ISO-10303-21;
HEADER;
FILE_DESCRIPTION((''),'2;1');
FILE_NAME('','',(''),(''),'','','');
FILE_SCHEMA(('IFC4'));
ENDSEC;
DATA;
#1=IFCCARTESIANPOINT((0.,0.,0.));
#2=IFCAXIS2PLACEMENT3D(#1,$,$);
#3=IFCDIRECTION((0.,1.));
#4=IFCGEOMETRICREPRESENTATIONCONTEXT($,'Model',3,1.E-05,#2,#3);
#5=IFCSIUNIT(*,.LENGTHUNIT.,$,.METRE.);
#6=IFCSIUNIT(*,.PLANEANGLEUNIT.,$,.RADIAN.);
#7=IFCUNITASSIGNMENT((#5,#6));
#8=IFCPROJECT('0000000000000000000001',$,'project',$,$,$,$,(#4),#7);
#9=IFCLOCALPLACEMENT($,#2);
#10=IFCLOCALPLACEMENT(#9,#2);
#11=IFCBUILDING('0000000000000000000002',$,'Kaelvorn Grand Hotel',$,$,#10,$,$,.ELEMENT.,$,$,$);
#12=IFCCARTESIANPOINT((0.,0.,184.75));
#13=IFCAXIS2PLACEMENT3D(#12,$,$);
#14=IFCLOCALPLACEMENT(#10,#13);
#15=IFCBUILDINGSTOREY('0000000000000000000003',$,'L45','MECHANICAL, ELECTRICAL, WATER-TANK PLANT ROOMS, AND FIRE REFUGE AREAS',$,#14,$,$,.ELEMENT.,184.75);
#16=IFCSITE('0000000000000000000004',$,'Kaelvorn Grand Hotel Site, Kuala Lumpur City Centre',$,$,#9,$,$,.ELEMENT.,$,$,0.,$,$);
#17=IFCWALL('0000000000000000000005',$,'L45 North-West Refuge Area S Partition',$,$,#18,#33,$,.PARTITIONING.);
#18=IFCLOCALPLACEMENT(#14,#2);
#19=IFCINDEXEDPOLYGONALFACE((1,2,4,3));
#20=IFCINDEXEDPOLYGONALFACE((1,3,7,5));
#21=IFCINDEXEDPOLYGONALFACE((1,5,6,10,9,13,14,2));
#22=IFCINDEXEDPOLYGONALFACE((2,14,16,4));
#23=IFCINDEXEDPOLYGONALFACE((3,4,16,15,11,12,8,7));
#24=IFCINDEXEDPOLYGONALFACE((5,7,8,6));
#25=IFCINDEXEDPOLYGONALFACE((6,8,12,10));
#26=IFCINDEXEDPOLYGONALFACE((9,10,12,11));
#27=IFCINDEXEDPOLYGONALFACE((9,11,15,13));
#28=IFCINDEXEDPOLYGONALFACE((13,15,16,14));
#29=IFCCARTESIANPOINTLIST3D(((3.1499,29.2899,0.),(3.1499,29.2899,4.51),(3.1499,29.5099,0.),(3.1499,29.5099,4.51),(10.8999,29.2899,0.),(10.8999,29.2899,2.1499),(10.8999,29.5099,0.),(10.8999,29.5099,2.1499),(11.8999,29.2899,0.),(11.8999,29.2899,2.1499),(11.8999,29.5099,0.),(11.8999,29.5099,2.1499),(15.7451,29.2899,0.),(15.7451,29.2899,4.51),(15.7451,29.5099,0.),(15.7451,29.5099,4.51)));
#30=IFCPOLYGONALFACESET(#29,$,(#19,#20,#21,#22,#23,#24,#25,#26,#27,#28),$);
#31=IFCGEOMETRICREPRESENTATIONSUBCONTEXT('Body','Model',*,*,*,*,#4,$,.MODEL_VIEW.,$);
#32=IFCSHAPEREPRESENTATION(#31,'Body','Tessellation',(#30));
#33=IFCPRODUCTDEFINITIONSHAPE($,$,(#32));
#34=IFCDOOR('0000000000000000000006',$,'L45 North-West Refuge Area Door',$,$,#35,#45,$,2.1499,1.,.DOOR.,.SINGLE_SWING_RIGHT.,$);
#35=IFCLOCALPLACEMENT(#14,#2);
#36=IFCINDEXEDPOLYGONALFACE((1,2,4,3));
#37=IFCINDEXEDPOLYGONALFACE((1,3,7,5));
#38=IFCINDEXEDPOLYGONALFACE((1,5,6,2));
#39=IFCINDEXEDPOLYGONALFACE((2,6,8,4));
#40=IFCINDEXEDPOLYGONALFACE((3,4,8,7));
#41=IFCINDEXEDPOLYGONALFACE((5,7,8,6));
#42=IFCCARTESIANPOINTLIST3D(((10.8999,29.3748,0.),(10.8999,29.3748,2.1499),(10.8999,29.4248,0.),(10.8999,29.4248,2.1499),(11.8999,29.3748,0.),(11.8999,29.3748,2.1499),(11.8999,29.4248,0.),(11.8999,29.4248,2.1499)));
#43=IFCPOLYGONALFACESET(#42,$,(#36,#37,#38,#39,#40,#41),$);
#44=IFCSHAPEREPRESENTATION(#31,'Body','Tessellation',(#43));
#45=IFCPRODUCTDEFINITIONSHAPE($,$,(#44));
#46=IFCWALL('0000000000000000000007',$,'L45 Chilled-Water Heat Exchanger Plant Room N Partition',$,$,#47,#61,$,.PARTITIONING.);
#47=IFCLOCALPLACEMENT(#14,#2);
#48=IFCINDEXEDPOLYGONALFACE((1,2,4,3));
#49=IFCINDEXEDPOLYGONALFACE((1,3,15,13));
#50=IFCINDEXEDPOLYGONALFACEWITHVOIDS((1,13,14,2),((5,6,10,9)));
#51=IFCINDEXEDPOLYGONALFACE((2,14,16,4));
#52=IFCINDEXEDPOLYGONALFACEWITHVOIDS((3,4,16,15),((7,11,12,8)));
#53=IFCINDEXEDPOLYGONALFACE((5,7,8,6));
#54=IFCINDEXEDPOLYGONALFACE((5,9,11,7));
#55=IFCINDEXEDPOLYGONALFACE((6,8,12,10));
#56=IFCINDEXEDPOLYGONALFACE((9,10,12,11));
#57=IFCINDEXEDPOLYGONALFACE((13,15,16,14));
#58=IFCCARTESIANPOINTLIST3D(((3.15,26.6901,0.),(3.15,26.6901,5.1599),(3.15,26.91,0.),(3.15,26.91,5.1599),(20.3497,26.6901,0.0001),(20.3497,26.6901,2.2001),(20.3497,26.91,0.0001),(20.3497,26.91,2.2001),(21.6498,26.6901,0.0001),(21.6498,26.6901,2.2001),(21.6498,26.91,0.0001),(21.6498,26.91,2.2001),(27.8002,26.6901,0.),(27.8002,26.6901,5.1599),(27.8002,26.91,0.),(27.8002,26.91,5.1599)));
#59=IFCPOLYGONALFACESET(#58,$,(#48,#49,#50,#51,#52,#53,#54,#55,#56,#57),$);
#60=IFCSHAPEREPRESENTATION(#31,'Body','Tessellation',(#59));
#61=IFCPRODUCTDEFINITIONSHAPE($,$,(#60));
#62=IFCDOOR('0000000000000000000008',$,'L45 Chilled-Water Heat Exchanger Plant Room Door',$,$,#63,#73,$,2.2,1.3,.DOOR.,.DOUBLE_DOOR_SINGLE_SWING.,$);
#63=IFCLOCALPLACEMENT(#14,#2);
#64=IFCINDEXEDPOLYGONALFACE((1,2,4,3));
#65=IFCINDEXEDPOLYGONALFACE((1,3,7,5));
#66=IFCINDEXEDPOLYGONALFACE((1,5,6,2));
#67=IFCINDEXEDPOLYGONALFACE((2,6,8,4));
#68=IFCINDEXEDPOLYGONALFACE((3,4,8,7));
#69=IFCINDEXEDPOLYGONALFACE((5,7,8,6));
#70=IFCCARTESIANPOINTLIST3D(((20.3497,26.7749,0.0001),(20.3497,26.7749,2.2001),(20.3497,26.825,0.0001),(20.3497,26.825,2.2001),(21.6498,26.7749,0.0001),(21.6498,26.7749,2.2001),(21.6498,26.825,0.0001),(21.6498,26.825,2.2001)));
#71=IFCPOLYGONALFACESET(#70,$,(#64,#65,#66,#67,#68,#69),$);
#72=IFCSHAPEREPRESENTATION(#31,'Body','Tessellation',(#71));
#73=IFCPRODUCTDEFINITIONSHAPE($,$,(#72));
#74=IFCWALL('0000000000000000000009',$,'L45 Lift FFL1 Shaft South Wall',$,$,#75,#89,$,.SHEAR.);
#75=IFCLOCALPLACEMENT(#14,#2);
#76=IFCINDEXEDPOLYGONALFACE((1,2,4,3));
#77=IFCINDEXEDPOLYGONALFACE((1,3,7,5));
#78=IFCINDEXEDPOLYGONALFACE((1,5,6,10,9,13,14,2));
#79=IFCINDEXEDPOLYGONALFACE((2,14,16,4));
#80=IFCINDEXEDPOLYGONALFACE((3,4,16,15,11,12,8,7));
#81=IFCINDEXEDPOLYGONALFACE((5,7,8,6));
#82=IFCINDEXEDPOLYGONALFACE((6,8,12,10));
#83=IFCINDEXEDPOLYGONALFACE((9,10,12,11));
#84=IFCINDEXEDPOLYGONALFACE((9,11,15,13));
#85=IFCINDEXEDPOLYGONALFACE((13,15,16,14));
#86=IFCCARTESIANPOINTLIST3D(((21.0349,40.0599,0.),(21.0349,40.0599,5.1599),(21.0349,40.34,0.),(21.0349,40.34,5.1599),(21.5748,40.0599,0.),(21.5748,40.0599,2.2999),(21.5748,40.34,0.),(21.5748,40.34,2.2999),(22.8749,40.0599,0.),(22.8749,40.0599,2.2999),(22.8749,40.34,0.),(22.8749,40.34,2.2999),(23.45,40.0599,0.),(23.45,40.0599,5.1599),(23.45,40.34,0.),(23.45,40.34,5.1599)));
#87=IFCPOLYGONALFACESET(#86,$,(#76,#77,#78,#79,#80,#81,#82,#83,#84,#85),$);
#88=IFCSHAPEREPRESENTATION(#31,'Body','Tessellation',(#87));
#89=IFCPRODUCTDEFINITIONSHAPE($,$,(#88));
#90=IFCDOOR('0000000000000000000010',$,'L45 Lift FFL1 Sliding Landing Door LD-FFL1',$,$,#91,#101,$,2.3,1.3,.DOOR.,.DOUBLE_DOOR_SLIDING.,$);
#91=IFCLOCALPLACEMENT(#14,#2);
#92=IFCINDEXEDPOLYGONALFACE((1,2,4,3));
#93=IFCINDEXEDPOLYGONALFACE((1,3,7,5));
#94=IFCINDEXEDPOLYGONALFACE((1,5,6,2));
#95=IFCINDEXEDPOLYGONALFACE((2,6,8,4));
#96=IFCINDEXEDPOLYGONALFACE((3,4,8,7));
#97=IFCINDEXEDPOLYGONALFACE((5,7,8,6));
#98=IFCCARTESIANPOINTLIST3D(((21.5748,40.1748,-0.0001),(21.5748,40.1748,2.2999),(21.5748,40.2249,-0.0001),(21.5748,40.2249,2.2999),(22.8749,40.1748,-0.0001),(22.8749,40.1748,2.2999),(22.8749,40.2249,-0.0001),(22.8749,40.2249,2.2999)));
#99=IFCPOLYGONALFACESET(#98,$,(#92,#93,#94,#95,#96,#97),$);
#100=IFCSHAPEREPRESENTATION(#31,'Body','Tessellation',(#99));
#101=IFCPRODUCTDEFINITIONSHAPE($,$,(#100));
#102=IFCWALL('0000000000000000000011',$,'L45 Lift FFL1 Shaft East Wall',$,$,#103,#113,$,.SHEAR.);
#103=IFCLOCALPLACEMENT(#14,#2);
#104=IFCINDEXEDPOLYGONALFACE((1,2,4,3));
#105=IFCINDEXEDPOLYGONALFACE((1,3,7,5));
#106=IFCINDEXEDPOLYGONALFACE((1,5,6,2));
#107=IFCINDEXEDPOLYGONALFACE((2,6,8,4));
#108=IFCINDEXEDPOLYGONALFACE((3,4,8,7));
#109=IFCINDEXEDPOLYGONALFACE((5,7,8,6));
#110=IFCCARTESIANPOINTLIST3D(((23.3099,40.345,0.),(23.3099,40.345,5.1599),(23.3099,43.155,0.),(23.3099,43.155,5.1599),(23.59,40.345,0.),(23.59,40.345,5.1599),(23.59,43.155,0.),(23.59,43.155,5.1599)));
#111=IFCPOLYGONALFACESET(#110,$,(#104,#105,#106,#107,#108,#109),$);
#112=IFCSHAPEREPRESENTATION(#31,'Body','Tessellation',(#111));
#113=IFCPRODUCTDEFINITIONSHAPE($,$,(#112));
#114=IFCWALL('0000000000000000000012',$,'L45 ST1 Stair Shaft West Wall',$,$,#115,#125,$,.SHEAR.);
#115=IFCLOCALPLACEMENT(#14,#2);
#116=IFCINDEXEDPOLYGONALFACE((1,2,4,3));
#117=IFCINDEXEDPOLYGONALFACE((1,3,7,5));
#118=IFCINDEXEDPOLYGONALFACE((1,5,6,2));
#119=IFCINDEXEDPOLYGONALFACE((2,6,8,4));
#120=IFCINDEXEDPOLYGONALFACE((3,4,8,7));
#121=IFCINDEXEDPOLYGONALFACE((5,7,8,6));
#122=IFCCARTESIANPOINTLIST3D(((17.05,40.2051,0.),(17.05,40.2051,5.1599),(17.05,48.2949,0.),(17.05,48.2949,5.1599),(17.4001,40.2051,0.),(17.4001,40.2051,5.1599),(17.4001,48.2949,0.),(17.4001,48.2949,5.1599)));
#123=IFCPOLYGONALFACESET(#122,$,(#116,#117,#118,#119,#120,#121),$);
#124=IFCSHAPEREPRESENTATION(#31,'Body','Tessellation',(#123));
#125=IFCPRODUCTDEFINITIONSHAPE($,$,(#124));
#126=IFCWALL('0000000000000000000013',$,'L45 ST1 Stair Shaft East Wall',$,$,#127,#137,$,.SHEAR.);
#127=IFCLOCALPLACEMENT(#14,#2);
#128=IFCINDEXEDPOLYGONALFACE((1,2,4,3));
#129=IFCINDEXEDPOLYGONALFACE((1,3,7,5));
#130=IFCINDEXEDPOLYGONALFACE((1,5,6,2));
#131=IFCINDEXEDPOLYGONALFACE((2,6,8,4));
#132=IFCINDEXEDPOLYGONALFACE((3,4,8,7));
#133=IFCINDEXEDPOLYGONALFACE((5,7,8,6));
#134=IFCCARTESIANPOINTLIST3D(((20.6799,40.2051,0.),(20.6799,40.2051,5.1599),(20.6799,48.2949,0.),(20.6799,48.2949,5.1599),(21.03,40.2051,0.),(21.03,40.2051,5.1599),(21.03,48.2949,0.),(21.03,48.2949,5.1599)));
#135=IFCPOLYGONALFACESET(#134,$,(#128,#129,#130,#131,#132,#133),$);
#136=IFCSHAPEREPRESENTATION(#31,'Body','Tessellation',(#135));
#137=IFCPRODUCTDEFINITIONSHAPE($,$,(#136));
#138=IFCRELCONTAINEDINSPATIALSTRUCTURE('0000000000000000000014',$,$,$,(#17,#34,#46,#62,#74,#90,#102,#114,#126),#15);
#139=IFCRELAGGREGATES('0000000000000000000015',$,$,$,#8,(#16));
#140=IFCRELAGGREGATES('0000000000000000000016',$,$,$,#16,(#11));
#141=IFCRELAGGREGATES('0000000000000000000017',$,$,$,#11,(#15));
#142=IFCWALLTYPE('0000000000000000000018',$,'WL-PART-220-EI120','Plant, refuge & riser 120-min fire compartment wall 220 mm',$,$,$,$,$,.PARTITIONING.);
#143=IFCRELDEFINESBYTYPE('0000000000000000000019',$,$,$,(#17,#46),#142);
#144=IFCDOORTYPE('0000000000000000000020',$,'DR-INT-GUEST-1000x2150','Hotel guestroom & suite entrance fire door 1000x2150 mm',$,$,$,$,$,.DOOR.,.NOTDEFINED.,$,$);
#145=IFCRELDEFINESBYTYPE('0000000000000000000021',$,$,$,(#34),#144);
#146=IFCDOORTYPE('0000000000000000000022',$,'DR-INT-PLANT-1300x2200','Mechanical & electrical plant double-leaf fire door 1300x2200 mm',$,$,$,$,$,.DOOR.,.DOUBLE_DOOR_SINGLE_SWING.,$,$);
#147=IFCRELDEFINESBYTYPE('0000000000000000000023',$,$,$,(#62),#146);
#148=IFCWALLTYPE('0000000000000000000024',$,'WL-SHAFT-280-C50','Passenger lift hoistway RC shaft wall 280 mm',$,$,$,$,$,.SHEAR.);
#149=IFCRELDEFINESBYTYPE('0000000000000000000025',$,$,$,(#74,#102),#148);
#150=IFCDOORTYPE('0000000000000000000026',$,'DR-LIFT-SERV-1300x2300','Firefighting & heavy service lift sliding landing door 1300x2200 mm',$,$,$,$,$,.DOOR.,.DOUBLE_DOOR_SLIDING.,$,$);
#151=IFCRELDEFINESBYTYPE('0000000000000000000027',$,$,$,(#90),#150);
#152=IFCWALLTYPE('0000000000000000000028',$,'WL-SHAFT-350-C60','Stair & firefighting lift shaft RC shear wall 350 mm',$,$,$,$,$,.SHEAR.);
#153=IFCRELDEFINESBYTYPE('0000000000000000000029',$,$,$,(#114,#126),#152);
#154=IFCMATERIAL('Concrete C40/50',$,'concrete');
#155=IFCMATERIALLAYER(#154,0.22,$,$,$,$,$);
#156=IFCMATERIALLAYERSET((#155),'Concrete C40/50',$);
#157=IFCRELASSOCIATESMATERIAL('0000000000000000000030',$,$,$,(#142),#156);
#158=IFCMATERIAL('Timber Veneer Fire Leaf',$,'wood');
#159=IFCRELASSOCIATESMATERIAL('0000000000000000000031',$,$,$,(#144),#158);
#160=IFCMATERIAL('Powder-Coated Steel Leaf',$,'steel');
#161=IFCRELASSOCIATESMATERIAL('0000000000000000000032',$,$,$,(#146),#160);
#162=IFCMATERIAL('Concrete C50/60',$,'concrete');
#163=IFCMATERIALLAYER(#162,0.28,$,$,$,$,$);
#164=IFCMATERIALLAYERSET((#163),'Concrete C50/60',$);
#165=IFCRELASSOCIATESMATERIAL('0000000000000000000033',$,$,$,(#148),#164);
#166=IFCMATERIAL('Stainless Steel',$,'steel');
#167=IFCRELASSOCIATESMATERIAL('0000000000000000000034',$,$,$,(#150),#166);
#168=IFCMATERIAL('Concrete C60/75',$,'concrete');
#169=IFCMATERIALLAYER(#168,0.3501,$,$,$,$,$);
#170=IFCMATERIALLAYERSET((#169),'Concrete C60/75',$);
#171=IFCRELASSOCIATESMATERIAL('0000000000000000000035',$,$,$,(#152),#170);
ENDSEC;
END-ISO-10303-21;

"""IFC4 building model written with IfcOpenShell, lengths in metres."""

from ifc_helpers import new_model, si_unit, direction, frame, frame_2d, origin, place, context, subcontext, project, spatial, rectangle, extrude, material, layer, layer_set, type_object, element, fill, save


model = new_model("IFC4")

# Units and contexts
model_context = context("Model", 3, precision=1e-05, world=origin(), true_north=direction((0.0, 1.0)))
body_context = subcontext(model_context, "Body", "Model", "MODEL_VIEW")
ifc_project = project(units=[si_unit("LENGTHUNIT", "METRE"), si_unit("PLANEANGLEUNIT", "RADIAN")], contexts=[model_context])

# Site, building, storey
site_placement = place(None, origin())
site = spatial("IfcSite", under=ifc_project, at=site_placement, Name="Kaelvorn Grand Hotel Site, Kuala Lumpur City Centre", CompositionType="ELEMENT", RefElevation=0.0)
building_placement = place(site_placement, origin())
building = spatial("IfcBuilding", under=site, at=building_placement, Name="Kaelvorn Grand Hotel", CompositionType="ELEMENT")
storey_placement = place(building_placement, frame((0.0, 0.0, 184.75)))
storey = spatial("IfcBuildingStorey", under=building, at=storey_placement, Name="L45", Description="MECHANICAL, ELECTRICAL, WATER-TANK PLANT ROOMS, AND FIRE REFUGE AREAS", CompositionType="ELEMENT", Elevation=184.75)

# Shared definitions
ifc_material_1 = material(Name="Concrete C60/75", Category="concrete")

# Shared definitions
ifc_material_2 = material(Name="Concrete C50/60", Category="concrete")

# Shared definitions
ifc_material_3 = material(Name="Concrete C40/50", Category="concrete")
ifc_layer_1 = layer(ifc_material_3, 0.22)
ifc_layer_set_1 = layer_set([ifc_layer_1], Name="Concrete C40/50")
wall_type_1 = type_object("IfcWallType", Name="WL-PART-220-EI120", Description="Plant, refuge & riser 120-min fire compartment wall 220 mm", PredefinedType="PARTITIONING", material=ifc_layer_set_1)
ifc_material_4 = material(Name="Timber Veneer Fire Leaf", Category="wood")

# Walls, openings, doors
wall_1_placement = place(storey_placement, frame((3.1499, 29.3999, 0.0), z_axis=(0.0, 0.0, 1.0), x_axis=(1.0, 0.0, 0.0)))
wall_1 = element("IfcWall", 1, at=wall_1_placement, inside=storey, type_object=wall_type_1, Name="L45 North-West Refuge Area S Partition", PredefinedType="PARTITIONING", context=body_context, shape_type="SweptSolid", body=[
    extrude(rectangle(XDim=12.5952, YDim=0.22, at=frame_2d((6.2976, 0.0))), origin(), (0.0, 0.0, 1.0), 4.51),
])
opening_1_placement = place(wall_1_placement, frame((7.75, 0.0, 0.0)))
opening_1 = element("IfcOpeningElement", 2, at=opening_1_placement, cuts=wall_1, PredefinedType="OPENING", context=body_context, shape_type="SweptSolid", body=[
    extrude(rectangle(XDim=1.0, YDim=2.1499, at=frame_2d((0.5, 1.075))), frame((0.0, 0.1201, 0.0), z_axis=(0.0, -1.0, 0.0), x_axis=(1.0, 0.0, 0.0)), (0.0, 0.0, 1.0), 0.24),
])
door_type_1 = type_object("IfcDoorType", Name="DR-INT-GUEST-1000x2150", Description="Hotel guestroom & suite entrance fire door 1000x2150 mm", OperationType="NOTDEFINED", PredefinedType="DOOR", material=ifc_material_4)
door_1_placement = place(opening_1_placement, origin())
door_1 = element("IfcDoor", 3, at=door_1_placement, inside=storey, type_object=door_type_1, Name="L45 North-West Refuge Area Door", OperationType="SINGLE_SWING_RIGHT", OverallHeight=2.1499, OverallWidth=1.0, PredefinedType="DOOR", context=body_context, shape_type="SweptSolid", body=[
    extrude(rectangle(XDim=1.0, YDim=2.1499, at=frame_2d((0.5, 1.075))), frame((0.0, 0.0249, 0.0), z_axis=(0.0, -1.0, 0.0), x_axis=(1.0, 0.0, 0.0)), (0.0, 0.0, 1.0), 0.05),
])
fill(opening_1, door_1)
wall_2_placement = place(storey_placement, frame((3.1499, 26.8, 0.0), z_axis=(0.0, 0.0, 1.0), x_axis=(1.0, 0.0, 0.0)))
wall_2 = element("IfcWall", 4, at=wall_2_placement, inside=storey, type_object=wall_type_1, Name="L45 Chilled-Water Heat Exchanger Plant Room N Partition", PredefinedType="PARTITIONING", context=body_context, shape_type="SweptSolid", body=[
    extrude(rectangle(XDim=24.6501, YDim=0.22, at=frame_2d((12.3252, 0.0))), origin(), (0.0, 0.0, 1.0), 5.1599),
])
opening_2_placement = place(wall_2_placement, frame((17.2, 0.0, 0.0)))
opening_2 = element("IfcOpeningElement", 5, at=opening_2_placement, cuts=wall_2, PredefinedType="OPENING", context=body_context, shape_type="SweptSolid", body=[
    extrude(rectangle(XDim=1.3, YDim=2.2, at=frame_2d((0.6499, 1.1001))), frame((0.0, 0.1201, 0.0), z_axis=(0.0, -1.0, 0.0), x_axis=(1.0, 0.0, 0.0)), (0.0, 0.0, 1.0), 0.24),
])
ifc_material_5 = material(Name="Powder-Coated Steel Leaf", Category="steel")
door_type_2 = type_object("IfcDoorType", Name="DR-INT-PLANT-1300x2200", Description="Mechanical & electrical plant double-leaf fire door 1300x2200 mm", OperationType="DOUBLE_DOOR_SINGLE_SWING", PredefinedType="DOOR", material=ifc_material_5)
door_2_placement = place(opening_2_placement, origin())
door_2 = element("IfcDoor", 6, at=door_2_placement, inside=storey, type_object=door_type_2, Name="L45 Chilled-Water Heat Exchanger Plant Room Door", OperationType="DOUBLE_DOOR_SINGLE_SWING", OverallHeight=2.2, OverallWidth=1.3, PredefinedType="DOOR", context=body_context, shape_type="SweptSolid", body=[
    extrude(rectangle(XDim=1.3, YDim=2.2, at=frame_2d((0.6499, 1.1001))), frame((0.0, 0.0249, 0.0), z_axis=(0.0, -1.0, 0.0), x_axis=(1.0, 0.0, 0.0)), (0.0, 0.0, 1.0), 0.05),
])
fill(opening_2, door_2)
ifc_layer_2 = layer(ifc_material_2, 0.28)
ifc_layer_set_2 = layer_set([ifc_layer_2], Name="Concrete C50/60")
wall_type_2 = type_object("IfcWallType", Name="WL-SHAFT-280-C50", Description="Passenger lift hoistway RC shaft wall 280 mm", PredefinedType="SHEAR", material=ifc_layer_set_2)
wall_3_placement = place(storey_placement, frame((21.0349, 40.2, 0.0), z_axis=(0.0, 0.0, 1.0), x_axis=(1.0, 0.0, 0.0)))
wall_3 = element("IfcWall", 7, at=wall_3_placement, inside=storey, type_object=wall_type_2, Name="L45 Lift FFL1 Shaft South Wall", PredefinedType="SHEAR", context=body_context, shape_type="SweptSolid", body=[
    extrude(rectangle(XDim=2.415, YDim=0.28, at=frame_2d((1.2075, 0.0))), origin(), (0.0, 0.0, 1.0), 5.1599),
])
opening_3_placement = place(wall_3_placement, frame((0.54, 0.0, 0.0)))
opening_3 = element("IfcOpeningElement", 8, at=opening_3_placement, cuts=wall_3, PredefinedType="OPENING", context=body_context, shape_type="SweptSolid", body=[
    extrude(rectangle(XDim=1.3, YDim=2.3, at=frame_2d((0.6499, 1.1499))), frame((0.0, 0.1499, 0.0), z_axis=(0.0, -1.0, 0.0), x_axis=(1.0, 0.0, 0.0)), (0.0, 0.0, 1.0), 0.3),
])
ifc_material_6 = material(Name="Stainless Steel", Category="steel")
door_type_3 = type_object("IfcDoorType", Name="DR-LIFT-SERV-1300x2300", Description="Firefighting & heavy service lift sliding landing door 1300x2200 mm", OperationType="DOUBLE_DOOR_SLIDING", PredefinedType="DOOR", material=ifc_material_6)
door_3_placement = place(opening_3_placement, origin())
door_3 = element("IfcDoor", 9, at=door_3_placement, inside=storey, type_object=door_type_3, Name="L45 Lift FFL1 Sliding Landing Door LD-FFL1", OperationType="DOUBLE_DOOR_SLIDING", OverallHeight=2.3, OverallWidth=1.3, PredefinedType="DOOR", context=body_context, shape_type="SweptSolid", body=[
    extrude(rectangle(XDim=1.3, YDim=2.3, at=frame_2d((0.6499, 1.1499))), frame((0.0, 0.0249, 0.0), z_axis=(0.0, -1.0, 0.0), x_axis=(1.0, 0.0, 0.0)), (0.0, 0.0, 1.0), 0.05),
])
fill(opening_3, door_3)

# Wall
wall_4_placement = place(storey_placement, frame((23.45, 40.345, 0.0), z_axis=(0.0, 0.0, 1.0), x_axis=(0.0, 1.0, 0.0)))
element("IfcWall", 10, at=wall_4_placement, inside=storey, type_object=wall_type_2, Name="L45 Lift FFL1 Shaft East Wall", PredefinedType="SHEAR", context=body_context, shape_type="SweptSolid", body=[
    extrude(rectangle(XDim=2.8101, YDim=0.28, at=frame_2d((1.405, 0.0))), origin(), (0.0, 0.0, 1.0), 5.1599),
])

# Shared definitions
ifc_layer_3 = layer(ifc_material_1, 0.3501)
ifc_layer_set_3 = layer_set([ifc_layer_3], Name="Concrete C60/75")
wall_type_3 = type_object("IfcWallType", Name="WL-SHAFT-350-C60", Description="Stair & firefighting lift shaft RC shear wall 350 mm", PredefinedType="SHEAR", material=ifc_layer_set_3)

# Walls
for number, where, z_axis, x_axis, name in (
    (11, (17.2251, 40.2051, 0.0), (0.0, 0.0, 1.0), (0.0, 1.0, 0.0), "L45 ST1 Stair Shaft West Wall"),
    (12, (20.855, 40.2051, 0.0), (0.0, 0.0, 1.0), (0.0, 1.0, 0.0), "L45 ST1 Stair Shaft East Wall"),
):
    element("IfcWall", number, at=place(storey_placement, frame(where, z_axis=z_axis, x_axis=x_axis)), inside=storey, type_object=wall_type_3, Name=name, PredefinedType="SHEAR", context=body_context, shape_type="SweptSolid", body=[
        extrude(rectangle(XDim=8.0898, YDim=0.3501, at=frame_2d((4.0449, 0.0))), origin(), (0.0, 0.0, 1.0), 5.1599),
    ])

save(model, "model.ifc")
